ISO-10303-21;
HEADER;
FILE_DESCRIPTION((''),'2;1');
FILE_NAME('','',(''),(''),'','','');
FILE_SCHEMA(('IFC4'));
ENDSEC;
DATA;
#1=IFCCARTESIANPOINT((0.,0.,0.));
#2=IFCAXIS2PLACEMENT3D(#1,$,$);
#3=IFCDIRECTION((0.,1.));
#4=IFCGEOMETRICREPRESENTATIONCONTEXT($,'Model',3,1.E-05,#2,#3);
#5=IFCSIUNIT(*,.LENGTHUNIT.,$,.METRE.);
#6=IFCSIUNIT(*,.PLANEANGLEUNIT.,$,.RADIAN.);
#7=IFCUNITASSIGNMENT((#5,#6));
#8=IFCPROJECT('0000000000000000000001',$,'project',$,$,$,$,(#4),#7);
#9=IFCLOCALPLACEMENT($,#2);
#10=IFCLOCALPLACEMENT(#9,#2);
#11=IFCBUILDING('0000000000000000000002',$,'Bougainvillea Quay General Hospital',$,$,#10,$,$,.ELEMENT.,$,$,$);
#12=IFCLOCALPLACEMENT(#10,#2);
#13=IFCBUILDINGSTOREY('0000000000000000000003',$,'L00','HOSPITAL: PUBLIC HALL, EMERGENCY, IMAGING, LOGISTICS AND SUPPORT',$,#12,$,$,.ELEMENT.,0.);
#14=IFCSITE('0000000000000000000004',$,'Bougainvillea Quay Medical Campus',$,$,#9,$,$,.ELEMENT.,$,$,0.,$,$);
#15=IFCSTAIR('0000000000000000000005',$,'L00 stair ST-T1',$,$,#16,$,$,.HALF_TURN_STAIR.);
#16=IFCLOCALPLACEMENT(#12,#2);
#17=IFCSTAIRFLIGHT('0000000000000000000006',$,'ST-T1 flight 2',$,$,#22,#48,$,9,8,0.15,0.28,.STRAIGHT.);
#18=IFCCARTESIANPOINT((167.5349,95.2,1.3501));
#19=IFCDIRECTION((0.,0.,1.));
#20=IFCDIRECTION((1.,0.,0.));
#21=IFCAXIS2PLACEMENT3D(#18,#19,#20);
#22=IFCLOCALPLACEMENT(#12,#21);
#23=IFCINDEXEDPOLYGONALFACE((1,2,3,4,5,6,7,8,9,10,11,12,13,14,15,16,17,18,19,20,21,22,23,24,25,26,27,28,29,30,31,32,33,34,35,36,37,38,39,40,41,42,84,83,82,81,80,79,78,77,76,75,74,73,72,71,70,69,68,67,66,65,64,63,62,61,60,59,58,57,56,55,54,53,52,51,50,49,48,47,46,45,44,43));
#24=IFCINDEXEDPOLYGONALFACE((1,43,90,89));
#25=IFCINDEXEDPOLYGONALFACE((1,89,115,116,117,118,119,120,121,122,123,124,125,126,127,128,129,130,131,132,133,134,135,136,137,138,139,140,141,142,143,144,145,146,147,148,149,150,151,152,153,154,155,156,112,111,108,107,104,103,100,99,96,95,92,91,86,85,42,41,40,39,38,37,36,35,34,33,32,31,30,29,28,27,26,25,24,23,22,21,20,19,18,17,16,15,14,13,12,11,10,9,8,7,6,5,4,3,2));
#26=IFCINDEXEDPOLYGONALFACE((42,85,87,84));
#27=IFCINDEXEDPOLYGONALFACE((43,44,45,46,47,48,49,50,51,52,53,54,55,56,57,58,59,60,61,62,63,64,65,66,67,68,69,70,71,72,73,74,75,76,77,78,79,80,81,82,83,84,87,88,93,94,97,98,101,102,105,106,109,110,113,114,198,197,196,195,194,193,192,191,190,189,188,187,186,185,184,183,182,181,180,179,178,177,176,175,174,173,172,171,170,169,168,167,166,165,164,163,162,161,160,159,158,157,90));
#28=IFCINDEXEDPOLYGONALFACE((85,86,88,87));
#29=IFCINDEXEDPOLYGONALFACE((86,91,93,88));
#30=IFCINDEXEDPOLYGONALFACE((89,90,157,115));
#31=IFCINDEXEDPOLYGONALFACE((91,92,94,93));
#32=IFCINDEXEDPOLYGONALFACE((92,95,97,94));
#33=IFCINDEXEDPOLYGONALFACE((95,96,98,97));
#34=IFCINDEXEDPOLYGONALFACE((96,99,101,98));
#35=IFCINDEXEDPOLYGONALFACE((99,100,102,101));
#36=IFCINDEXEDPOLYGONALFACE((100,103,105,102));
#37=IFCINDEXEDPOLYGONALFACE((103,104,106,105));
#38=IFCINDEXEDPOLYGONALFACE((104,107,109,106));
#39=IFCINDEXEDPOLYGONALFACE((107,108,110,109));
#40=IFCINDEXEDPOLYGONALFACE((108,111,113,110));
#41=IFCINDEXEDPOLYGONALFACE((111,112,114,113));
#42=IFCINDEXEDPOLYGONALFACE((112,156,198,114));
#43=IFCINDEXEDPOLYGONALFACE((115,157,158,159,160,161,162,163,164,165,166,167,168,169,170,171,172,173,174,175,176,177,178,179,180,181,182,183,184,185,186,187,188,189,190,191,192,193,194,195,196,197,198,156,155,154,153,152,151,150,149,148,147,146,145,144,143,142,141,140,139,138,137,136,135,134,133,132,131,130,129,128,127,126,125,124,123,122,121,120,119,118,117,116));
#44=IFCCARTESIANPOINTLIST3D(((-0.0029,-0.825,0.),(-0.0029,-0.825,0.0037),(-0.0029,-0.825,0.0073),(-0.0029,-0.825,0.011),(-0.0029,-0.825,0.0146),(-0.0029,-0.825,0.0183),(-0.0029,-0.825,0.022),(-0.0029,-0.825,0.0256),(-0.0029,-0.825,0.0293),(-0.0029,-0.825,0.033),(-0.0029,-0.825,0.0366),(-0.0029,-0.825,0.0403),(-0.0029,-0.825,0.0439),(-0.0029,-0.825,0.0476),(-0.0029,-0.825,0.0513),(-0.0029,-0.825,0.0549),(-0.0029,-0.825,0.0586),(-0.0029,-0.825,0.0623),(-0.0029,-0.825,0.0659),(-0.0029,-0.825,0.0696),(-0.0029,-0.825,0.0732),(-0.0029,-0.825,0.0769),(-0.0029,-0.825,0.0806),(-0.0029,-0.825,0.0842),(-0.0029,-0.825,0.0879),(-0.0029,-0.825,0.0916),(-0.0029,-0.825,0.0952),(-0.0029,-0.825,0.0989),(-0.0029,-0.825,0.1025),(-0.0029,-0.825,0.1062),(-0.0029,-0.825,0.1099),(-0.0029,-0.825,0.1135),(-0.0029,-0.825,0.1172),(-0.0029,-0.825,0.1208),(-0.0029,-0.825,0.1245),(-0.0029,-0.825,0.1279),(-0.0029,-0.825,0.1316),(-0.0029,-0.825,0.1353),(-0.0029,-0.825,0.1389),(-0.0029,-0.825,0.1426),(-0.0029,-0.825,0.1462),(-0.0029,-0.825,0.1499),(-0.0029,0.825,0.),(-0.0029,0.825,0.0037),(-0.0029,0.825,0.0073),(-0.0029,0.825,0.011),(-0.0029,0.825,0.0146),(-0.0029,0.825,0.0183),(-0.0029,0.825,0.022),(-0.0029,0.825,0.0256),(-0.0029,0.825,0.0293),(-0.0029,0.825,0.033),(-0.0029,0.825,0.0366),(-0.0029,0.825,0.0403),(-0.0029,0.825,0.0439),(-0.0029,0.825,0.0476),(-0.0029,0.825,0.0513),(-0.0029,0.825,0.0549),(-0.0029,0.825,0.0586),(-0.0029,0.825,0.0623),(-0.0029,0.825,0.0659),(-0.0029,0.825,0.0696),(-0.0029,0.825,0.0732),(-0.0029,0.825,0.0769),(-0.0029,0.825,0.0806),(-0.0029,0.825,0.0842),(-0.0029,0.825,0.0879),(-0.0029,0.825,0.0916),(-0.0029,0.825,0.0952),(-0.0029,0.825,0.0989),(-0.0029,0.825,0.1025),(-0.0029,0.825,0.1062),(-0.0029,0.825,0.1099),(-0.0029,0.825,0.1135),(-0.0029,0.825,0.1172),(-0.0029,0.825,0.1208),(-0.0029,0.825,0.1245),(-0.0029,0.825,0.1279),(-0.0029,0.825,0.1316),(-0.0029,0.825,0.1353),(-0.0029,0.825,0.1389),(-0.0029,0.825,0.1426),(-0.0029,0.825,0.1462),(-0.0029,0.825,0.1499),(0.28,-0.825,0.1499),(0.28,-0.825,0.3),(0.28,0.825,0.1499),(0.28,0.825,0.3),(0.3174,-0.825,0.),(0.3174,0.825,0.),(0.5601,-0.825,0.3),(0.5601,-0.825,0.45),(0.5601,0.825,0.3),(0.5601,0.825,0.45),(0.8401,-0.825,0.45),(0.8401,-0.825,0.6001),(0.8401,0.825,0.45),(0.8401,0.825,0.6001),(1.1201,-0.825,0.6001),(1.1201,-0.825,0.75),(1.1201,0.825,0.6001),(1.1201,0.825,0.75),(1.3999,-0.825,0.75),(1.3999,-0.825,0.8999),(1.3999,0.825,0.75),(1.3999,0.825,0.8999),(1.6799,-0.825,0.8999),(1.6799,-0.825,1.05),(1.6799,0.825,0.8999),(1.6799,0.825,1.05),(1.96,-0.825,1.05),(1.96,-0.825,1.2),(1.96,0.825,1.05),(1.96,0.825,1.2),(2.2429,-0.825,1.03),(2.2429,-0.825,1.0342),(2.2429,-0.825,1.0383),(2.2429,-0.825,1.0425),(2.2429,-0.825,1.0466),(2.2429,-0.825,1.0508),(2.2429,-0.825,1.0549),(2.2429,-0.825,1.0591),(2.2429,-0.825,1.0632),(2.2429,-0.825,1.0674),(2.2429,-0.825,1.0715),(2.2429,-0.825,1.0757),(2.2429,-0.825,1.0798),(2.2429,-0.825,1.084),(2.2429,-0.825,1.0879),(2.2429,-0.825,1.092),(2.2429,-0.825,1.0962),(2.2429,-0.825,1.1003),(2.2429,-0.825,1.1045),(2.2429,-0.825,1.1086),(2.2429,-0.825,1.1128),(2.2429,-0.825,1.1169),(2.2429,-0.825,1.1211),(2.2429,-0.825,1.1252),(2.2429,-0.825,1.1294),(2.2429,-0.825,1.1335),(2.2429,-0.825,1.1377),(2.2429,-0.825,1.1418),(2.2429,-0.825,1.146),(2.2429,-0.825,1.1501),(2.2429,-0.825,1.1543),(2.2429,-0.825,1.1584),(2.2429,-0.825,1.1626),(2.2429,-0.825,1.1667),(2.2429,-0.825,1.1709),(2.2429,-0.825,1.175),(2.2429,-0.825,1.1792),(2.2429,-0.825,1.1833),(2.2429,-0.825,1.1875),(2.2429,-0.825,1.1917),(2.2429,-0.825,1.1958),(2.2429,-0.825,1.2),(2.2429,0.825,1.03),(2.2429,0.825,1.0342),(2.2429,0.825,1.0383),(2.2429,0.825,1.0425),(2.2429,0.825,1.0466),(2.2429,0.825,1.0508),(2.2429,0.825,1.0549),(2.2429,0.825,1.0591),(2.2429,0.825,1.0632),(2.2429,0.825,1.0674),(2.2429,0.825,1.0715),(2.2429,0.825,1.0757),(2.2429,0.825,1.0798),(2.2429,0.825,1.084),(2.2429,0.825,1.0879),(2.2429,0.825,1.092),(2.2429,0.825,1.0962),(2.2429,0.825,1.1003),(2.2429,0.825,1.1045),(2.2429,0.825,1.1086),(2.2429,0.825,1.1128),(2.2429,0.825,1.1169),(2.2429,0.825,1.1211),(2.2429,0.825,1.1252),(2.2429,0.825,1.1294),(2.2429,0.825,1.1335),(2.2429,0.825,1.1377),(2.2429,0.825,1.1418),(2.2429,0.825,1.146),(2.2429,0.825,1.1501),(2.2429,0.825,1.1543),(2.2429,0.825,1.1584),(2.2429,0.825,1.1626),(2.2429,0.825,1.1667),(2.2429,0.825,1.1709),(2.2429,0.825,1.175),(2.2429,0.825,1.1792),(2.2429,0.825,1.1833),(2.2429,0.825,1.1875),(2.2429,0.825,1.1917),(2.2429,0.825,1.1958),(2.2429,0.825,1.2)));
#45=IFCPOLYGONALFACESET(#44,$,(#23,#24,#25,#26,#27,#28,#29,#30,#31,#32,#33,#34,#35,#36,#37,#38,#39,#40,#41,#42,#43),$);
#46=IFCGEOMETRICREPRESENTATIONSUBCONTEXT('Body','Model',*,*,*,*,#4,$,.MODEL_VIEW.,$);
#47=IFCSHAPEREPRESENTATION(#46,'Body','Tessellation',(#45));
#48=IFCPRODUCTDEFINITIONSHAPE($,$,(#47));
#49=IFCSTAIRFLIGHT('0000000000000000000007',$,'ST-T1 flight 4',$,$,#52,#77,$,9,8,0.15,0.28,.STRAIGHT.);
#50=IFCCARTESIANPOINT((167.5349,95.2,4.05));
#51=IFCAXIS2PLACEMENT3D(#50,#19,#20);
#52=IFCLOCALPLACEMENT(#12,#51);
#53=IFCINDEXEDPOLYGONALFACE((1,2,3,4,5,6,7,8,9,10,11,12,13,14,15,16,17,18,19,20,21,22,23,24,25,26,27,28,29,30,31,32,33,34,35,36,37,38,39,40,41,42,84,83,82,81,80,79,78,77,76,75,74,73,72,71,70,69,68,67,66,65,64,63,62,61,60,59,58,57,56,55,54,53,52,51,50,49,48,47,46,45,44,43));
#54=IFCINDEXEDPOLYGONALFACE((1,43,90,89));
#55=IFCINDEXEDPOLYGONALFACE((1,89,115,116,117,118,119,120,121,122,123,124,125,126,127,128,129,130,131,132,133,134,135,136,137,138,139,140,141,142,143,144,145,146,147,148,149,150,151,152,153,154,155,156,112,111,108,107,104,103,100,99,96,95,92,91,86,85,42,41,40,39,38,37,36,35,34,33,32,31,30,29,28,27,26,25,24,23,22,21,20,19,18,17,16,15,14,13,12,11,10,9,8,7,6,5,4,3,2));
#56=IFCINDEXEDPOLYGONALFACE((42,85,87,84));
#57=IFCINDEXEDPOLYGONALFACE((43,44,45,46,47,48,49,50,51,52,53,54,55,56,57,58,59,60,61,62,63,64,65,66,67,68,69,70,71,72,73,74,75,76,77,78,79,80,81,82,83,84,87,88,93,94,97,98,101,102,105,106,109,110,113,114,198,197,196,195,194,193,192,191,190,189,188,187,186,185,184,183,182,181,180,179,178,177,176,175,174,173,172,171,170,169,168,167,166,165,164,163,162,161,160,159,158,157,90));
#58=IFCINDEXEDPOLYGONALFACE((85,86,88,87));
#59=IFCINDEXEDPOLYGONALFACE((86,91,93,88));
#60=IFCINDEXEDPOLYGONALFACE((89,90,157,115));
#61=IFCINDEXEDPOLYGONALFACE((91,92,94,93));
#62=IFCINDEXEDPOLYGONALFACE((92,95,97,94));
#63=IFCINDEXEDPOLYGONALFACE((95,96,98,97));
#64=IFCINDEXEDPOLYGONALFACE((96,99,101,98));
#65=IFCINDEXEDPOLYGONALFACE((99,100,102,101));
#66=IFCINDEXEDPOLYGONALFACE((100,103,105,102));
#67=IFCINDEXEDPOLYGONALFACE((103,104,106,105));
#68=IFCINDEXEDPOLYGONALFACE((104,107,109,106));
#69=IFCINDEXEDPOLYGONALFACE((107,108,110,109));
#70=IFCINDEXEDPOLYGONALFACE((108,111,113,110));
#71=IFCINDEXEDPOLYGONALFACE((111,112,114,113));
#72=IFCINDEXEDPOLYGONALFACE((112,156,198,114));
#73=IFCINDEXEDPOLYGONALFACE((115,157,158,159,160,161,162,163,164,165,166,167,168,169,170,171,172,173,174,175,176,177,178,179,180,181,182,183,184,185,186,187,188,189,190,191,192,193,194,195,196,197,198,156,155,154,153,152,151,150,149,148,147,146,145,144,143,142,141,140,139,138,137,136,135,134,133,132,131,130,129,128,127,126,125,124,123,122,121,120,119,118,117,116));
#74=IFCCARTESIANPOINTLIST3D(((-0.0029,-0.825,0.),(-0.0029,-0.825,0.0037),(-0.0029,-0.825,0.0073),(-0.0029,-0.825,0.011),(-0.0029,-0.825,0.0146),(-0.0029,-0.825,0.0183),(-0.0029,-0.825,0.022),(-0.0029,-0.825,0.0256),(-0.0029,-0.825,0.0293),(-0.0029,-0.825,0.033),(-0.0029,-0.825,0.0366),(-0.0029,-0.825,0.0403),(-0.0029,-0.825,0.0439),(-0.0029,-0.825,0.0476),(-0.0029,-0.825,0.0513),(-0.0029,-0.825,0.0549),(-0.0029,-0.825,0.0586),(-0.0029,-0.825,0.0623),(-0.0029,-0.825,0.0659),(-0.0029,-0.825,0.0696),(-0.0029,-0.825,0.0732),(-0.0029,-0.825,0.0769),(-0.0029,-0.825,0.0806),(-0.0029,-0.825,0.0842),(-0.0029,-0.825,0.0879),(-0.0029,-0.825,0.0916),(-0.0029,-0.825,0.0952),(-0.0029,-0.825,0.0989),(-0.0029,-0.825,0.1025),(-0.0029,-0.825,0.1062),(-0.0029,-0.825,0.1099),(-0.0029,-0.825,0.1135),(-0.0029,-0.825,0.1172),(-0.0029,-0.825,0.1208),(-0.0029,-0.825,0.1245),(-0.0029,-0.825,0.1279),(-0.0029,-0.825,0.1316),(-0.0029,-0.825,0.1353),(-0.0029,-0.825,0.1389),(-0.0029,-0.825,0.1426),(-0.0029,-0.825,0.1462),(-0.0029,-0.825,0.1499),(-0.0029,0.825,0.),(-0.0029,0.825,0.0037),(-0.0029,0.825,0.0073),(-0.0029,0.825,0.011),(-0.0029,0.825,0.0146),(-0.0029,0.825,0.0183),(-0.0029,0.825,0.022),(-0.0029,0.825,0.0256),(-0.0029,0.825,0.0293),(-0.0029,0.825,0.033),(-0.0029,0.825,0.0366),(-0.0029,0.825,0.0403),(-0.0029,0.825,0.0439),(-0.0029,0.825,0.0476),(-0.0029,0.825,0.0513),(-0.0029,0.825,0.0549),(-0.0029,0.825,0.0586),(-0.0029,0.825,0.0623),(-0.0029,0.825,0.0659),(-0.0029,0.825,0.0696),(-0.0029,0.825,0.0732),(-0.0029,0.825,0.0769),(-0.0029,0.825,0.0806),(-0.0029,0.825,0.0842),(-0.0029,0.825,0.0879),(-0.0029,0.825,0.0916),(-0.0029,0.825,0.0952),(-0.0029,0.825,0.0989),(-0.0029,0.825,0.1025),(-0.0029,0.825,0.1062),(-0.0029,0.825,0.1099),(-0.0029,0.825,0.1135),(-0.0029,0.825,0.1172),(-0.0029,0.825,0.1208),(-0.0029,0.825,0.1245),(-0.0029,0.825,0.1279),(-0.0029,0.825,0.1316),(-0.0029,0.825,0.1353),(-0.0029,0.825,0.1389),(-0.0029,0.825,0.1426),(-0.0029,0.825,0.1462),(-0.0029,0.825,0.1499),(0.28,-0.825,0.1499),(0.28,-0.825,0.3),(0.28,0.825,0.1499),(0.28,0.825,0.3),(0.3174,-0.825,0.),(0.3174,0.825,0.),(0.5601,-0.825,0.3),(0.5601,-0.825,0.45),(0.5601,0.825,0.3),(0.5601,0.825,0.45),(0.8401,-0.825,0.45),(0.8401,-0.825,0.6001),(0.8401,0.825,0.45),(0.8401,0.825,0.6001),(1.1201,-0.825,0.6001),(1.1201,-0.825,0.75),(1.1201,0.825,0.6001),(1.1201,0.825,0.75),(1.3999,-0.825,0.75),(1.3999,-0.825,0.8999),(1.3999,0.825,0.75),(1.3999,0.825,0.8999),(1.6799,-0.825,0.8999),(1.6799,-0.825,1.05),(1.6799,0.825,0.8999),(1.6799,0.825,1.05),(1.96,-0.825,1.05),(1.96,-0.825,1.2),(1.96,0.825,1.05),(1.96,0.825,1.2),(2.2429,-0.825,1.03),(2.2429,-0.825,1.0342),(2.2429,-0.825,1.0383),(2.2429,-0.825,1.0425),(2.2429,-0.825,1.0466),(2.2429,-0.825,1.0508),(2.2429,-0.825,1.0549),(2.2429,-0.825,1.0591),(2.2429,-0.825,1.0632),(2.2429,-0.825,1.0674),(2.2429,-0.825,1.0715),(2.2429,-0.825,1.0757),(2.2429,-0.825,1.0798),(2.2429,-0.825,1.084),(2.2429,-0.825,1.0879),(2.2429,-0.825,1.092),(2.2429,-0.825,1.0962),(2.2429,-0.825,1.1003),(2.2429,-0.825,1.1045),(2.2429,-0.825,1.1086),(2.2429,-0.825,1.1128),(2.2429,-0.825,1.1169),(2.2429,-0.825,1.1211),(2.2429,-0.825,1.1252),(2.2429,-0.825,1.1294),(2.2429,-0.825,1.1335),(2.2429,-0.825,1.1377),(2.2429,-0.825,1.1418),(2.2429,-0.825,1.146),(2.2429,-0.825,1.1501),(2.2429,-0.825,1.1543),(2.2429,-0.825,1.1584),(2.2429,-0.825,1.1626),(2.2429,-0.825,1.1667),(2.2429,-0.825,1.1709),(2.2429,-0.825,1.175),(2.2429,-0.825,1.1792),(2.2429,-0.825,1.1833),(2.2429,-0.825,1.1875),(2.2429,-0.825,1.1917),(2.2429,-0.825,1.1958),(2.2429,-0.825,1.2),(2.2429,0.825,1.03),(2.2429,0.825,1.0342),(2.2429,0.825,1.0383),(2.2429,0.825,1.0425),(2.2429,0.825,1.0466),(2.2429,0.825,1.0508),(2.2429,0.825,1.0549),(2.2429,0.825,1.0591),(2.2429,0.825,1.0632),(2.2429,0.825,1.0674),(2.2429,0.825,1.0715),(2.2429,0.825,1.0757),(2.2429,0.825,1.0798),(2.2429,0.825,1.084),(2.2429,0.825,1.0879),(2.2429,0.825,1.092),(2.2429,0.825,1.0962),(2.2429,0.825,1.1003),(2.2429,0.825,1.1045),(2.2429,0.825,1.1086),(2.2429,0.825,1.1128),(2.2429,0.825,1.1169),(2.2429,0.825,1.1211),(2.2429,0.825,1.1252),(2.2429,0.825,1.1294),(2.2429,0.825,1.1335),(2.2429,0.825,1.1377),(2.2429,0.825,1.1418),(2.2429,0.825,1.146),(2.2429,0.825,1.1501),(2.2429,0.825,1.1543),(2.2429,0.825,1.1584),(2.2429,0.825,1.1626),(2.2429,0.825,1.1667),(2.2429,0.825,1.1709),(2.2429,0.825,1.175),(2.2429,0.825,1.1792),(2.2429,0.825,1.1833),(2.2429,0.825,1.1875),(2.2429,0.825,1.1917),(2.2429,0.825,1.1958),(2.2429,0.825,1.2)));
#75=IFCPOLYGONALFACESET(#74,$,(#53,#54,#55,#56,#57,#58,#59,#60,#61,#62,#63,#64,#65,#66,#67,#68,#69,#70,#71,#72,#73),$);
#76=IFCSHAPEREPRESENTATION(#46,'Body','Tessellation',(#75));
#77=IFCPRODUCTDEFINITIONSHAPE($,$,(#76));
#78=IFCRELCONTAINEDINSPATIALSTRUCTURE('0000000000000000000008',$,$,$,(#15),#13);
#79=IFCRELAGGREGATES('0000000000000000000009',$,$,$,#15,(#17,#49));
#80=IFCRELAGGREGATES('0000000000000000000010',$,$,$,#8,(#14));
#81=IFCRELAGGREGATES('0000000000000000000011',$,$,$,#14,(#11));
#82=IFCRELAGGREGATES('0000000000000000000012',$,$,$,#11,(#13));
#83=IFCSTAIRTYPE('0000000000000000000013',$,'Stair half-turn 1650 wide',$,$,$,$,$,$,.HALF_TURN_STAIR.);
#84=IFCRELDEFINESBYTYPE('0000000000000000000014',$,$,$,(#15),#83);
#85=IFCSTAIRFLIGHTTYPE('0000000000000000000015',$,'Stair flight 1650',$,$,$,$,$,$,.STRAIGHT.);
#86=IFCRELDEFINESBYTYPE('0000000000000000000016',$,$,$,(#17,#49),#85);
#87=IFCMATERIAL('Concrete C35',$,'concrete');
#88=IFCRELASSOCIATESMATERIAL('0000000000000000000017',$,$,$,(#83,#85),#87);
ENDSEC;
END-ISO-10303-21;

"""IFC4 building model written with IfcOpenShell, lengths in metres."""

from ifc_helpers import new_model, si_unit, direction, frame, origin, place, context, subcontext, project, spatial, polyline, outline, extrude, material, type_object, element, aggregate, save


model = new_model("IFC4")

# Units and contexts
model_context = context("Model", 3, precision=1e-05, world=origin(), true_north=direction((0.0, 1.0)))
body_context = subcontext(model_context, "Body", "Model", "MODEL_VIEW")
ifc_project = project(units=[si_unit("LENGTHUNIT", "METRE"), si_unit("PLANEANGLEUNIT", "RADIAN")], contexts=[model_context])

# Site, building, storey
site_placement = place(None, origin())
site = spatial("IfcSite", under=ifc_project, at=site_placement, Name="Bougainvillea Quay Medical Campus", CompositionType="ELEMENT", RefElevation=0.0)
building_placement = place(site_placement, origin())
building = spatial("IfcBuilding", under=site, at=building_placement, Name="Bougainvillea Quay General Hospital", CompositionType="ELEMENT")
storey_placement = place(building_placement, origin())
storey = spatial("IfcBuildingStorey", under=building, at=storey_placement, Name="L00", Description="HOSPITAL: PUBLIC HALL, EMERGENCY, IMAGING, LOGISTICS AND SUPPORT", CompositionType="ELEMENT", Elevation=0.0)

# Stair, stair flights
ifc_material_1 = material(Name="Concrete C35", Category="concrete")
stair_type = type_object("IfcStairType", Name="Stair half-turn 1650 wide", PredefinedType="HALF_TURN_STAIR", material=ifc_material_1)
stair_placement = place(storey_placement, origin())
stair = element("IfcStair", 1, at=stair_placement, inside=storey, type_object=stair_type, Name="L00 stair ST-T1", PredefinedType="HALF_TURN_STAIR")
stair_flight_type = type_object("IfcStairFlightType", Name="Stair flight 1650", PredefinedType="STRAIGHT", material=ifc_material_1)
stair_flight_1_placement = place(storey_placement, frame((167.5349, 95.2, 1.3501), z_axis=(0.0, 0.0, 1.0), x_axis=(1.0, 0.0, 0.0)))
stair_flight_1 = element("IfcStairFlight", 2, at=stair_flight_1_placement, type_object=stair_flight_type, Name="ST-T1 flight 2", NumberOfRisers=9, NumberOfTreads=8, PredefinedType="STRAIGHT", RiserHeight=0.15, TreadLength=0.28, context=body_context, shape_type="SweptSolid", body=[
    extrude(outline(polyline([(-0.0029, 0.0), (-0.0029, 0.0037), (-0.0029, 0.0073), (-0.0029, 0.011), (-0.0029, 0.0146), (-0.0029, 0.0183), (-0.0029, 0.022), (-0.0029, 0.0256), (-0.0029, 0.0293), (-0.0029, 0.033), (-0.0029, 0.0366), (-0.0029, 0.0403), (-0.0029, 0.0439), (-0.0029, 0.0476), (-0.0029, 0.0513), (-0.0029, 0.0549), (-0.0029, 0.0586), (-0.0029, 0.0623), (-0.0029, 0.0659), (-0.0029, 0.0696), (-0.0029, 0.0732), (-0.0029, 0.0769), (-0.0029, 0.0806), (-0.0029, 0.0842), (-0.0029, 0.0879), (-0.0029, 0.0916), (-0.0029, 0.0952), (-0.0029, 0.0989), (-0.0029, 0.1025), (-0.0029, 0.1062), (-0.0029, 0.1099), (-0.0029, 0.1135), (-0.0029, 0.1172), (-0.0029, 0.1208), (-0.0029, 0.1245), (-0.0029, 0.1279), (-0.0029, 0.1316), (-0.0029, 0.1353), (-0.0029, 0.1389), (-0.0029, 0.1426), (-0.0029, 0.1462), (-0.0029, 0.1499), (0.28, 0.1499), (0.28, 0.3), (0.5601, 0.3), (0.5601, 0.45), (0.8401, 0.45), (0.8401, 0.6001), (1.1201, 0.6001), (1.1201, 0.75), (1.3999, 0.75), (1.3999, 0.8999), (1.6799, 0.8999), (1.6799, 1.05), (1.96, 1.05), (1.96, 1.2), (2.2429, 1.2), (2.2429, 1.1958), (2.2429, 1.1917), (2.2429, 1.1875), (2.2429, 1.1833), (2.2429, 1.1792), (2.2429, 1.175), (2.2429, 1.1709), (2.2429, 1.1667), (2.2429, 1.1626), (2.2429, 1.1584), (2.2429, 1.1543), (2.2429, 1.1501), (2.2429, 1.146), (2.2429, 1.1418), (2.2429, 1.1377), (2.2429, 1.1335), (2.2429, 1.1294), (2.2429, 1.1252), (2.2429, 1.1211), (2.2429, 1.1169), (2.2429, 1.1128), (2.2429, 1.1086), (2.2429, 1.1045), (2.2429, 1.1003), (2.2429, 1.0962), (2.2429, 1.092), (2.2429, 1.0879), (2.2429, 1.084), (2.2429, 1.0798), (2.2429, 1.0757), (2.2429, 1.0715), (2.2429, 1.0674), (2.2429, 1.0632), (2.2429, 1.0591), (2.2429, 1.0549), (2.2429, 1.0508), (2.2429, 1.0466), (2.2429, 1.0425), (2.2429, 1.0383), (2.2429, 1.0342), (2.2429, 1.03), (0.3174, 0.0), (-0.0029, 0.0)])), frame((0.0, 0.825, 0.0), z_axis=(0.0, -1.0, 0.0), x_axis=(1.0, 0.0, 0.0)), (0.0, 0.0, 1.0), 1.6499),
])
stair_flight_2_placement = place(storey_placement, frame((167.5349, 95.2, 4.05), z_axis=(0.0, 0.0, 1.0), x_axis=(1.0, 0.0, 0.0)))
stair_flight_2 = element("IfcStairFlight", 3, at=stair_flight_2_placement, type_object=stair_flight_type, Name="ST-T1 flight 4", NumberOfRisers=9, NumberOfTreads=8, PredefinedType="STRAIGHT", RiserHeight=0.15, TreadLength=0.28, context=body_context, shape_type="SweptSolid", body=[
    extrude(outline(polyline([(-0.0029, 0.0), (-0.0029, 0.0037), (-0.0029, 0.0073), (-0.0029, 0.011), (-0.0029, 0.0146), (-0.0029, 0.0183), (-0.0029, 0.022), (-0.0029, 0.0256), (-0.0029, 0.0293), (-0.0029, 0.033), (-0.0029, 0.0366), (-0.0029, 0.0403), (-0.0029, 0.0439), (-0.0029, 0.0476), (-0.0029, 0.0513), (-0.0029, 0.0549), (-0.0029, 0.0586), (-0.0029, 0.0623), (-0.0029, 0.0659), (-0.0029, 0.0696), (-0.0029, 0.0732), (-0.0029, 0.0769), (-0.0029, 0.0806), (-0.0029, 0.0842), (-0.0029, 0.0879), (-0.0029, 0.0916), (-0.0029, 0.0952), (-0.0029, 0.0989), (-0.0029, 0.1025), (-0.0029, 0.1062), (-0.0029, 0.1099), (-0.0029, 0.1135), (-0.0029, 0.1172), (-0.0029, 0.1208), (-0.0029, 0.1245), (-0.0029, 0.1279), (-0.0029, 0.1316), (-0.0029, 0.1353), (-0.0029, 0.1389), (-0.0029, 0.1426), (-0.0029, 0.1462), (-0.0029, 0.1499), (0.28, 0.1499), (0.28, 0.3), (0.5601, 0.3), (0.5601, 0.45), (0.8401, 0.45), (0.8401, 0.6001), (1.1201, 0.6001), (1.1201, 0.75), (1.3999, 0.75), (1.3999, 0.8999), (1.6799, 0.8999), (1.6799, 1.05), (1.96, 1.05), (1.96, 1.2), (2.2429, 1.2), (2.2429, 1.1958), (2.2429, 1.1917), (2.2429, 1.1875), (2.2429, 1.1833), (2.2429, 1.1792), (2.2429, 1.175), (2.2429, 1.1709), (2.2429, 1.1667), (2.2429, 1.1626), (2.2429, 1.1584), (2.2429, 1.1543), (2.2429, 1.1501), (2.2429, 1.146), (2.2429, 1.1418), (2.2429, 1.1377), (2.2429, 1.1335), (2.2429, 1.1294), (2.2429, 1.1252), (2.2429, 1.1211), (2.2429, 1.1169), (2.2429, 1.1128), (2.2429, 1.1086), (2.2429, 1.1045), (2.2429, 1.1003), (2.2429, 1.0962), (2.2429, 1.092), (2.2429, 1.0879), (2.2429, 1.084), (2.2429, 1.0798), (2.2429, 1.0757), (2.2429, 1.0715), (2.2429, 1.0674), (2.2429, 1.0632), (2.2429, 1.0591), (2.2429, 1.0549), (2.2429, 1.0508), (2.2429, 1.0466), (2.2429, 1.0425), (2.2429, 1.0383), (2.2429, 1.0342), (2.2429, 1.03), (0.3174, 0.0), (-0.0029, 0.0)])), frame((0.0, 0.825, 0.0), z_axis=(0.0, -1.0, 0.0), x_axis=(1.0, 0.0, 0.0)), (0.0, 0.0, 1.0), 1.6499),
])
aggregate(stair, [stair_flight_1, stair_flight_2])

save(model, "model.ifc")
